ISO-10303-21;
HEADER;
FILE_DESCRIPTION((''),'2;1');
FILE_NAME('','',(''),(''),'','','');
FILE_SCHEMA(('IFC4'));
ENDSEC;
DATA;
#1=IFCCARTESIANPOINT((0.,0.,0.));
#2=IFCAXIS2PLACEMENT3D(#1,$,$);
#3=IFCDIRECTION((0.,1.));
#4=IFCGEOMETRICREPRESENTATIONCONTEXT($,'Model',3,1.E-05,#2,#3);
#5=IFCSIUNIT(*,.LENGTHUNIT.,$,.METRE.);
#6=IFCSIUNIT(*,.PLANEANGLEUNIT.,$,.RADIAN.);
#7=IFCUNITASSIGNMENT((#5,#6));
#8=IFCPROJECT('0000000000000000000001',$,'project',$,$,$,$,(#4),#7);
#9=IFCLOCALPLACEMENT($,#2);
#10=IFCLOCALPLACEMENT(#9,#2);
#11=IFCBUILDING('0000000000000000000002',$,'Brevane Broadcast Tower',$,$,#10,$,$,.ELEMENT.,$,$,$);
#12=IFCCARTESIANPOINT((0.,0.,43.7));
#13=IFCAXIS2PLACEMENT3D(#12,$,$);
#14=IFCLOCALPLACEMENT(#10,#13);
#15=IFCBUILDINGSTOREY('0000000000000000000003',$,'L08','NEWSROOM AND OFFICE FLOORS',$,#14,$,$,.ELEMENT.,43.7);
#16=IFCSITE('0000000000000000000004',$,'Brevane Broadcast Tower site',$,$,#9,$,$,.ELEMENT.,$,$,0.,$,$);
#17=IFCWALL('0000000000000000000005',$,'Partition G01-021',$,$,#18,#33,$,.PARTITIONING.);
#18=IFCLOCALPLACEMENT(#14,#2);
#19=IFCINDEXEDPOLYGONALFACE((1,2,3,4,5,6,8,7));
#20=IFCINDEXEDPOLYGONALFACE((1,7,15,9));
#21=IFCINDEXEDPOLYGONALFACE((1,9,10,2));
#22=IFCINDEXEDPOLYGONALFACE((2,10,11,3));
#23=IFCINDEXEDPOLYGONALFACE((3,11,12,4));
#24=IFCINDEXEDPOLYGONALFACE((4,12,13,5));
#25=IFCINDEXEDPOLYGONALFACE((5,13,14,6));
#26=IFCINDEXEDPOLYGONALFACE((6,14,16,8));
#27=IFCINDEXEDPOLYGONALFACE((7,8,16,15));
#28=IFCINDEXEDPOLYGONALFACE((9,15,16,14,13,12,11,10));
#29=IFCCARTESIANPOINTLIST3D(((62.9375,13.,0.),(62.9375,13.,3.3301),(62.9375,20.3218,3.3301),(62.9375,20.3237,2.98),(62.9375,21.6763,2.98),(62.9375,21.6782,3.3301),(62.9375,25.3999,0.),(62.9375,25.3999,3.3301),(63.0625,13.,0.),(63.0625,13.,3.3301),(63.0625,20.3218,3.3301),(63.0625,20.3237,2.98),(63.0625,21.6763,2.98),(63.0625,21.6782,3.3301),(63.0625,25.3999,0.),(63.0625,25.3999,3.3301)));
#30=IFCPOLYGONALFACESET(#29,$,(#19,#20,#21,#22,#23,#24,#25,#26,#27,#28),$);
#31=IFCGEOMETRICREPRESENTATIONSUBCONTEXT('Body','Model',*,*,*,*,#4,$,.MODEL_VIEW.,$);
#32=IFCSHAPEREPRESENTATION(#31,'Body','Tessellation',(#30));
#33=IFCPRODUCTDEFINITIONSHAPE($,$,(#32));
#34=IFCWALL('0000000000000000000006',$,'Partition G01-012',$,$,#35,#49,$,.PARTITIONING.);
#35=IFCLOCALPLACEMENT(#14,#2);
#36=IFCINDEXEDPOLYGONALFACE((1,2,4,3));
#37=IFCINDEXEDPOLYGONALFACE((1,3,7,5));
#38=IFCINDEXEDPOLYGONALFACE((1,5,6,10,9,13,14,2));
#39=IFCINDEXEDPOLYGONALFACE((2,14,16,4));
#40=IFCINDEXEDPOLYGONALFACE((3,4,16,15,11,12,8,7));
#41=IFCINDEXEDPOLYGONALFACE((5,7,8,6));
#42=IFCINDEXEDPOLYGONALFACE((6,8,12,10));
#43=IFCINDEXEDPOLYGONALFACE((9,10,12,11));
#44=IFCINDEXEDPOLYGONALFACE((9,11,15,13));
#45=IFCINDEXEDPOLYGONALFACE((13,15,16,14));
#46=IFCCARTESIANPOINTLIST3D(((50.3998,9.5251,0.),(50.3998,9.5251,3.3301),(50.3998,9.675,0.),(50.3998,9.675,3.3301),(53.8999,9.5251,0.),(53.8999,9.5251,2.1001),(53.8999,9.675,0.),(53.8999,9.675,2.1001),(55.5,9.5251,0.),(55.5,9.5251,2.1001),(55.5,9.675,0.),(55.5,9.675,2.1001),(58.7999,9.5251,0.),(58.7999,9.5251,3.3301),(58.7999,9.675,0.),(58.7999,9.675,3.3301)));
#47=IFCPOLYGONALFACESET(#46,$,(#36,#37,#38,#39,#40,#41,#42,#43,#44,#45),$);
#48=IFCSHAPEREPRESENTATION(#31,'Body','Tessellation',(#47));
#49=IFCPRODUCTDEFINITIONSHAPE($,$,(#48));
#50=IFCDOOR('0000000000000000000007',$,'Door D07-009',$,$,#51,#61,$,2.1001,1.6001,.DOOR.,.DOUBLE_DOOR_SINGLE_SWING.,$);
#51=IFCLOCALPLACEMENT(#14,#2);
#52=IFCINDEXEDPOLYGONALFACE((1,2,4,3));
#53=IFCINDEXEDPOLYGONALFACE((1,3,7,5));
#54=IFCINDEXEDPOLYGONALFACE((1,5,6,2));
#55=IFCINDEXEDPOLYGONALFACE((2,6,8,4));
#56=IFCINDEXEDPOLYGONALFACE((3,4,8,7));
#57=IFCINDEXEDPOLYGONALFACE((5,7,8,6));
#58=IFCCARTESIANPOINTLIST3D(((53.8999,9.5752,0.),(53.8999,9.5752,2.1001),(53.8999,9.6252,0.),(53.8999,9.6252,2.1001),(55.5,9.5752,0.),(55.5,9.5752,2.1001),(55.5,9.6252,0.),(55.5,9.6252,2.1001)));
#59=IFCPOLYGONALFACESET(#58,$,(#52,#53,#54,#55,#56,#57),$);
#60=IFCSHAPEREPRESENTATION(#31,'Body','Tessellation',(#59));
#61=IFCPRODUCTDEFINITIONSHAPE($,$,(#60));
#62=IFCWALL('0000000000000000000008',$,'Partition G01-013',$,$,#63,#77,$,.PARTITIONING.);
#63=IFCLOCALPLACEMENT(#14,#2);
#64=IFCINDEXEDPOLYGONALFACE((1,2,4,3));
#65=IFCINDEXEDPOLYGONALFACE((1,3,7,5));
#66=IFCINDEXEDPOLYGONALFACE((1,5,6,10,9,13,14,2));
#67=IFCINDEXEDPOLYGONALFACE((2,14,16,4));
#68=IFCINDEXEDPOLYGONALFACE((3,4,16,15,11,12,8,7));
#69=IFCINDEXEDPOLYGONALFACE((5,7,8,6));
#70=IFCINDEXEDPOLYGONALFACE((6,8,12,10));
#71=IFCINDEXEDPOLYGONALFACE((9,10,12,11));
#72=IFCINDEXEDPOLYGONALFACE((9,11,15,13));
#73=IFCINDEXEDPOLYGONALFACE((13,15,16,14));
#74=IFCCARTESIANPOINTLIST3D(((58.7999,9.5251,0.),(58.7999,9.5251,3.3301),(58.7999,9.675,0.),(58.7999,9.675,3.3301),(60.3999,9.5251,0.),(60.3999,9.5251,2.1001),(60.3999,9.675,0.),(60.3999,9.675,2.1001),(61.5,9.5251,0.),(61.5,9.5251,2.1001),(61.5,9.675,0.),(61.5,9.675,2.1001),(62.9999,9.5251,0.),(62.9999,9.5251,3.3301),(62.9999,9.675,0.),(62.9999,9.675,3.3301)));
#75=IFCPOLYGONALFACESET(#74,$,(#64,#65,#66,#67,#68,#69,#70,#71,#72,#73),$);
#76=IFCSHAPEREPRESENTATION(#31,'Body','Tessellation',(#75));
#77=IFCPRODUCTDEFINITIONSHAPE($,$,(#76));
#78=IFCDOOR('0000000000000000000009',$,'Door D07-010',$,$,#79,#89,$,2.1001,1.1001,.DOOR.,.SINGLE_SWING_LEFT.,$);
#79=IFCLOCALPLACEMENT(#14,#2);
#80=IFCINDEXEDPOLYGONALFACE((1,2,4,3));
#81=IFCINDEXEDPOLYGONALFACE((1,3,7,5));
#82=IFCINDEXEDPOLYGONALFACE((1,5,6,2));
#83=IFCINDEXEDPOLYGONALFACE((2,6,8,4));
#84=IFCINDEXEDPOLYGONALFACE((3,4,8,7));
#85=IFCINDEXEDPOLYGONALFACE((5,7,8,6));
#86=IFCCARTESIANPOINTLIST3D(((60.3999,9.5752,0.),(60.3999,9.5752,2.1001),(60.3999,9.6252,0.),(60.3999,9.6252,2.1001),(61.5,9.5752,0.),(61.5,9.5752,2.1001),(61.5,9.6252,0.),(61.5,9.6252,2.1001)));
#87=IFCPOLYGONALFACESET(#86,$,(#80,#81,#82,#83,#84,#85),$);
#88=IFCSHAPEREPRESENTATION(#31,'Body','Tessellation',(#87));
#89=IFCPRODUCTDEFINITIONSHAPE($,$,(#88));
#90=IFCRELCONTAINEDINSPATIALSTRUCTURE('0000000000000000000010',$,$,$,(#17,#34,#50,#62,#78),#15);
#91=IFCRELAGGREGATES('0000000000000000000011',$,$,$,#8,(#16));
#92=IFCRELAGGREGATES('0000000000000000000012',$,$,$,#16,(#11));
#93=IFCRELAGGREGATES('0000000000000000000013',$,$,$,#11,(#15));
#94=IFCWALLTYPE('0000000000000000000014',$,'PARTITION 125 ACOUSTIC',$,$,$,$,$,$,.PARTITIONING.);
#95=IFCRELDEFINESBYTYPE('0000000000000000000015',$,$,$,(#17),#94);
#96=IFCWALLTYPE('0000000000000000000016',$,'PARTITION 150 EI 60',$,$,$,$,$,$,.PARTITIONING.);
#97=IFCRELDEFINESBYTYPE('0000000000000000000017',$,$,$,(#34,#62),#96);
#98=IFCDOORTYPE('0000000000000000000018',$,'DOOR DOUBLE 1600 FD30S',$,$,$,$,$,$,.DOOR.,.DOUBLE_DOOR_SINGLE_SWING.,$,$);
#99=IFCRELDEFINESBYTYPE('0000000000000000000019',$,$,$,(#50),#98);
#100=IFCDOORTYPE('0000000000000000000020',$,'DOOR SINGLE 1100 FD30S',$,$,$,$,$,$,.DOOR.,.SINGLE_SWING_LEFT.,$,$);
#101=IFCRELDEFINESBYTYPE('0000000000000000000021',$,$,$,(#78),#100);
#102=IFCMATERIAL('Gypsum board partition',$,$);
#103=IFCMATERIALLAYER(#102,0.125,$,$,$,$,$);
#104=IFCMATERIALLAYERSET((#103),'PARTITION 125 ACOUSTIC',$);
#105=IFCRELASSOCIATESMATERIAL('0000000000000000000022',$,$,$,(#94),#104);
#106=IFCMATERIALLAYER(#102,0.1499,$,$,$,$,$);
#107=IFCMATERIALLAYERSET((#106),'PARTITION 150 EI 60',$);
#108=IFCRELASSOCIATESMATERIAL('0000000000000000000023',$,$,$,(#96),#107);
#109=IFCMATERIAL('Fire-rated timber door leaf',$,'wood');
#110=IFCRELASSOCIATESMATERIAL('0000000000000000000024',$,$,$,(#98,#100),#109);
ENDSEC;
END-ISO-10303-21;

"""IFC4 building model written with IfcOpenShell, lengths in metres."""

from ifc_helpers import new_model, si_unit, direction, frame, frame_2d, origin, place, context, subcontext, project, spatial, polyline, rectangle, outline, extrude, material, layer, layer_set, type_object, element, fill, save


model = new_model("IFC4")

# Units and contexts
model_context = context("Model", 3, precision=1e-05, world=origin(), true_north=direction((0.0, 1.0)))
body_context = subcontext(model_context, "Body", "Model", "MODEL_VIEW")
ifc_project = project(units=[si_unit("LENGTHUNIT", "METRE"), si_unit("PLANEANGLEUNIT", "RADIAN")], contexts=[model_context])

# Site, building, storey
site_placement = place(None, origin())
site = spatial("IfcSite", under=ifc_project, at=site_placement, Name="Brevane Broadcast Tower site", CompositionType="ELEMENT", RefElevation=0.0)
building_placement = place(site_placement, origin())
building = spatial("IfcBuilding", under=site, at=building_placement, Name="Brevane Broadcast Tower", CompositionType="ELEMENT")
storey_placement = place(building_placement, frame((0.0, 0.0, 43.7)))
storey = spatial("IfcBuildingStorey", under=building, at=storey_placement, Name="L08", Description="NEWSROOM AND OFFICE FLOORS", CompositionType="ELEMENT", Elevation=43.7)

# Shared definitions
ifc_material_1 = material(Name="Gypsum board partition")

# Wall
ifc_layer_1 = layer(ifc_material_1, 0.125)
ifc_layer_set_1 = layer_set([ifc_layer_1], Name="PARTITION 125 ACOUSTIC")
wall_type_1 = type_object("IfcWallType", Name="PARTITION 125 ACOUSTIC", PredefinedType="PARTITIONING", material=ifc_layer_set_1)
wall_1_placement = place(storey_placement, frame((63.0, 13.0, 0.0), z_axis=(0.0, 0.0, 1.0), x_axis=(0.0, 1.0, 0.0)))
element("IfcWall", 1, at=wall_1_placement, inside=storey, type_object=wall_type_1, Name="Partition G01-021", PredefinedType="PARTITIONING", context=body_context, shape_type="SweptSolid", body=[
    extrude(outline(polyline([(0.0, 0.0), (12.3999, 0.0), (12.3999, 3.3301), (8.6782, 3.3301), (8.6763, 2.98), (7.3237, 2.98), (7.3218, 3.3301), (0.0, 3.3301), (0.0, 0.0)])), frame((0.0, 0.0625, 0.0), z_axis=(0.0, -1.0, 0.0), x_axis=(1.0, 0.0, 0.0)), (0.0, 0.0, 1.0), 0.125),
])

# Walls, openings, doors
ifc_layer_2 = layer(ifc_material_1, 0.1499)
ifc_layer_set_2 = layer_set([ifc_layer_2], Name="PARTITION 150 EI 60")
wall_type_2 = type_object("IfcWallType", Name="PARTITION 150 EI 60", PredefinedType="PARTITIONING", material=ifc_layer_set_2)
ifc_material_2 = material(Name="Fire-rated timber door leaf", Category="wood")
wall_2_placement = place(storey_placement, frame((58.8, 9.6001, 0.0), z_axis=(0.0, 0.0, 1.0), x_axis=(-1.0, 0.0, 0.0)))
wall_2 = element("IfcWall", 2, at=wall_2_placement, inside=storey, type_object=wall_type_2, Name="Partition G01-012", PredefinedType="PARTITIONING", context=body_context, shape_type="SweptSolid", body=[
    extrude(rectangle(XDim=8.4001, YDim=0.1499, at=frame_2d((4.2002, 0.0))), origin(), (0.0, 0.0, 1.0), 3.3301),
])
opening_1_placement = place(wall_2_placement, frame((3.3, 0.0, 0.0)))
opening_1 = element("IfcOpeningElement", 3, at=opening_1_placement, cuts=wall_2, PredefinedType="OPENING", context=body_context, shape_type="SweptSolid", body=[
    extrude(rectangle(XDim=1.6001, YDim=2.1001, at=frame_2d((0.8, 1.05))), frame((0.0, 0.085, 0.0), z_axis=(0.0, -1.0, 0.0), x_axis=(1.0, 0.0, 0.0)), (0.0, 0.0, 1.0), 0.1699),
])
door_type_1 = type_object("IfcDoorType", Name="DOOR DOUBLE 1600 FD30S", OperationType="DOUBLE_DOOR_SINGLE_SWING", PredefinedType="DOOR", material=ifc_material_2)
door_1_placement = place(opening_1_placement, origin())
door_1 = element("IfcDoor", 4, at=door_1_placement, inside=storey, type_object=door_type_1, Name="Door D07-009", OperationType="DOUBLE_DOOR_SINGLE_SWING", OverallHeight=2.1001, OverallWidth=1.6001, PredefinedType="DOOR", context=body_context, shape_type="SweptSolid", body=[
    extrude(rectangle(XDim=1.6001, YDim=2.1001, at=frame_2d((0.8, 1.05))), frame((0.0, 0.0249, 0.0), z_axis=(0.0, -1.0, 0.0), x_axis=(1.0, 0.0, 0.0)), (0.0, 0.0, 1.0), 0.05),
])
fill(opening_1, door_1)
wall_3_placement = place(storey_placement, frame((63.0, 9.6001, 0.0), z_axis=(0.0, 0.0, 1.0), x_axis=(-1.0, 0.0, 0.0)))
wall_3 = element("IfcWall", 5, at=wall_3_placement, inside=storey, type_object=wall_type_2, Name="Partition G01-013", PredefinedType="PARTITIONING", context=body_context, shape_type="SweptSolid", body=[
    extrude(rectangle(XDim=4.2, YDim=0.1499, at=frame_2d((2.1001, 0.0))), origin(), (0.0, 0.0, 1.0), 3.3301),
])
opening_2_placement = place(wall_3_placement, frame((1.5, 0.0, 0.0)))
opening_2 = element("IfcOpeningElement", 6, at=opening_2_placement, cuts=wall_3, PredefinedType="OPENING", context=body_context, shape_type="SweptSolid", body=[
    extrude(rectangle(XDim=1.1001, YDim=2.1001, at=frame_2d((0.55, 1.05))), frame((0.0, 0.085, 0.0), z_axis=(0.0, -1.0, 0.0), x_axis=(1.0, 0.0, 0.0)), (0.0, 0.0, 1.0), 0.1699),
])
door_type_2 = type_object("IfcDoorType", Name="DOOR SINGLE 1100 FD30S", OperationType="SINGLE_SWING_LEFT", PredefinedType="DOOR", material=ifc_material_2)
door_2_placement = place(opening_2_placement, origin())
door_2 = element("IfcDoor", 7, at=door_2_placement, inside=storey, type_object=door_type_2, Name="Door D07-010", OperationType="SINGLE_SWING_LEFT", OverallHeight=2.1001, OverallWidth=1.1001, PredefinedType="DOOR", context=body_context, shape_type="SweptSolid", body=[
    extrude(rectangle(XDim=1.1001, YDim=2.1001, at=frame_2d((0.55, 1.05))), frame((0.0, 0.0249, 0.0), z_axis=(0.0, -1.0, 0.0), x_axis=(1.0, 0.0, 0.0)), (0.0, 0.0, 1.0), 0.05),
])
fill(opening_2, door_2)

save(model, "model.ifc")
